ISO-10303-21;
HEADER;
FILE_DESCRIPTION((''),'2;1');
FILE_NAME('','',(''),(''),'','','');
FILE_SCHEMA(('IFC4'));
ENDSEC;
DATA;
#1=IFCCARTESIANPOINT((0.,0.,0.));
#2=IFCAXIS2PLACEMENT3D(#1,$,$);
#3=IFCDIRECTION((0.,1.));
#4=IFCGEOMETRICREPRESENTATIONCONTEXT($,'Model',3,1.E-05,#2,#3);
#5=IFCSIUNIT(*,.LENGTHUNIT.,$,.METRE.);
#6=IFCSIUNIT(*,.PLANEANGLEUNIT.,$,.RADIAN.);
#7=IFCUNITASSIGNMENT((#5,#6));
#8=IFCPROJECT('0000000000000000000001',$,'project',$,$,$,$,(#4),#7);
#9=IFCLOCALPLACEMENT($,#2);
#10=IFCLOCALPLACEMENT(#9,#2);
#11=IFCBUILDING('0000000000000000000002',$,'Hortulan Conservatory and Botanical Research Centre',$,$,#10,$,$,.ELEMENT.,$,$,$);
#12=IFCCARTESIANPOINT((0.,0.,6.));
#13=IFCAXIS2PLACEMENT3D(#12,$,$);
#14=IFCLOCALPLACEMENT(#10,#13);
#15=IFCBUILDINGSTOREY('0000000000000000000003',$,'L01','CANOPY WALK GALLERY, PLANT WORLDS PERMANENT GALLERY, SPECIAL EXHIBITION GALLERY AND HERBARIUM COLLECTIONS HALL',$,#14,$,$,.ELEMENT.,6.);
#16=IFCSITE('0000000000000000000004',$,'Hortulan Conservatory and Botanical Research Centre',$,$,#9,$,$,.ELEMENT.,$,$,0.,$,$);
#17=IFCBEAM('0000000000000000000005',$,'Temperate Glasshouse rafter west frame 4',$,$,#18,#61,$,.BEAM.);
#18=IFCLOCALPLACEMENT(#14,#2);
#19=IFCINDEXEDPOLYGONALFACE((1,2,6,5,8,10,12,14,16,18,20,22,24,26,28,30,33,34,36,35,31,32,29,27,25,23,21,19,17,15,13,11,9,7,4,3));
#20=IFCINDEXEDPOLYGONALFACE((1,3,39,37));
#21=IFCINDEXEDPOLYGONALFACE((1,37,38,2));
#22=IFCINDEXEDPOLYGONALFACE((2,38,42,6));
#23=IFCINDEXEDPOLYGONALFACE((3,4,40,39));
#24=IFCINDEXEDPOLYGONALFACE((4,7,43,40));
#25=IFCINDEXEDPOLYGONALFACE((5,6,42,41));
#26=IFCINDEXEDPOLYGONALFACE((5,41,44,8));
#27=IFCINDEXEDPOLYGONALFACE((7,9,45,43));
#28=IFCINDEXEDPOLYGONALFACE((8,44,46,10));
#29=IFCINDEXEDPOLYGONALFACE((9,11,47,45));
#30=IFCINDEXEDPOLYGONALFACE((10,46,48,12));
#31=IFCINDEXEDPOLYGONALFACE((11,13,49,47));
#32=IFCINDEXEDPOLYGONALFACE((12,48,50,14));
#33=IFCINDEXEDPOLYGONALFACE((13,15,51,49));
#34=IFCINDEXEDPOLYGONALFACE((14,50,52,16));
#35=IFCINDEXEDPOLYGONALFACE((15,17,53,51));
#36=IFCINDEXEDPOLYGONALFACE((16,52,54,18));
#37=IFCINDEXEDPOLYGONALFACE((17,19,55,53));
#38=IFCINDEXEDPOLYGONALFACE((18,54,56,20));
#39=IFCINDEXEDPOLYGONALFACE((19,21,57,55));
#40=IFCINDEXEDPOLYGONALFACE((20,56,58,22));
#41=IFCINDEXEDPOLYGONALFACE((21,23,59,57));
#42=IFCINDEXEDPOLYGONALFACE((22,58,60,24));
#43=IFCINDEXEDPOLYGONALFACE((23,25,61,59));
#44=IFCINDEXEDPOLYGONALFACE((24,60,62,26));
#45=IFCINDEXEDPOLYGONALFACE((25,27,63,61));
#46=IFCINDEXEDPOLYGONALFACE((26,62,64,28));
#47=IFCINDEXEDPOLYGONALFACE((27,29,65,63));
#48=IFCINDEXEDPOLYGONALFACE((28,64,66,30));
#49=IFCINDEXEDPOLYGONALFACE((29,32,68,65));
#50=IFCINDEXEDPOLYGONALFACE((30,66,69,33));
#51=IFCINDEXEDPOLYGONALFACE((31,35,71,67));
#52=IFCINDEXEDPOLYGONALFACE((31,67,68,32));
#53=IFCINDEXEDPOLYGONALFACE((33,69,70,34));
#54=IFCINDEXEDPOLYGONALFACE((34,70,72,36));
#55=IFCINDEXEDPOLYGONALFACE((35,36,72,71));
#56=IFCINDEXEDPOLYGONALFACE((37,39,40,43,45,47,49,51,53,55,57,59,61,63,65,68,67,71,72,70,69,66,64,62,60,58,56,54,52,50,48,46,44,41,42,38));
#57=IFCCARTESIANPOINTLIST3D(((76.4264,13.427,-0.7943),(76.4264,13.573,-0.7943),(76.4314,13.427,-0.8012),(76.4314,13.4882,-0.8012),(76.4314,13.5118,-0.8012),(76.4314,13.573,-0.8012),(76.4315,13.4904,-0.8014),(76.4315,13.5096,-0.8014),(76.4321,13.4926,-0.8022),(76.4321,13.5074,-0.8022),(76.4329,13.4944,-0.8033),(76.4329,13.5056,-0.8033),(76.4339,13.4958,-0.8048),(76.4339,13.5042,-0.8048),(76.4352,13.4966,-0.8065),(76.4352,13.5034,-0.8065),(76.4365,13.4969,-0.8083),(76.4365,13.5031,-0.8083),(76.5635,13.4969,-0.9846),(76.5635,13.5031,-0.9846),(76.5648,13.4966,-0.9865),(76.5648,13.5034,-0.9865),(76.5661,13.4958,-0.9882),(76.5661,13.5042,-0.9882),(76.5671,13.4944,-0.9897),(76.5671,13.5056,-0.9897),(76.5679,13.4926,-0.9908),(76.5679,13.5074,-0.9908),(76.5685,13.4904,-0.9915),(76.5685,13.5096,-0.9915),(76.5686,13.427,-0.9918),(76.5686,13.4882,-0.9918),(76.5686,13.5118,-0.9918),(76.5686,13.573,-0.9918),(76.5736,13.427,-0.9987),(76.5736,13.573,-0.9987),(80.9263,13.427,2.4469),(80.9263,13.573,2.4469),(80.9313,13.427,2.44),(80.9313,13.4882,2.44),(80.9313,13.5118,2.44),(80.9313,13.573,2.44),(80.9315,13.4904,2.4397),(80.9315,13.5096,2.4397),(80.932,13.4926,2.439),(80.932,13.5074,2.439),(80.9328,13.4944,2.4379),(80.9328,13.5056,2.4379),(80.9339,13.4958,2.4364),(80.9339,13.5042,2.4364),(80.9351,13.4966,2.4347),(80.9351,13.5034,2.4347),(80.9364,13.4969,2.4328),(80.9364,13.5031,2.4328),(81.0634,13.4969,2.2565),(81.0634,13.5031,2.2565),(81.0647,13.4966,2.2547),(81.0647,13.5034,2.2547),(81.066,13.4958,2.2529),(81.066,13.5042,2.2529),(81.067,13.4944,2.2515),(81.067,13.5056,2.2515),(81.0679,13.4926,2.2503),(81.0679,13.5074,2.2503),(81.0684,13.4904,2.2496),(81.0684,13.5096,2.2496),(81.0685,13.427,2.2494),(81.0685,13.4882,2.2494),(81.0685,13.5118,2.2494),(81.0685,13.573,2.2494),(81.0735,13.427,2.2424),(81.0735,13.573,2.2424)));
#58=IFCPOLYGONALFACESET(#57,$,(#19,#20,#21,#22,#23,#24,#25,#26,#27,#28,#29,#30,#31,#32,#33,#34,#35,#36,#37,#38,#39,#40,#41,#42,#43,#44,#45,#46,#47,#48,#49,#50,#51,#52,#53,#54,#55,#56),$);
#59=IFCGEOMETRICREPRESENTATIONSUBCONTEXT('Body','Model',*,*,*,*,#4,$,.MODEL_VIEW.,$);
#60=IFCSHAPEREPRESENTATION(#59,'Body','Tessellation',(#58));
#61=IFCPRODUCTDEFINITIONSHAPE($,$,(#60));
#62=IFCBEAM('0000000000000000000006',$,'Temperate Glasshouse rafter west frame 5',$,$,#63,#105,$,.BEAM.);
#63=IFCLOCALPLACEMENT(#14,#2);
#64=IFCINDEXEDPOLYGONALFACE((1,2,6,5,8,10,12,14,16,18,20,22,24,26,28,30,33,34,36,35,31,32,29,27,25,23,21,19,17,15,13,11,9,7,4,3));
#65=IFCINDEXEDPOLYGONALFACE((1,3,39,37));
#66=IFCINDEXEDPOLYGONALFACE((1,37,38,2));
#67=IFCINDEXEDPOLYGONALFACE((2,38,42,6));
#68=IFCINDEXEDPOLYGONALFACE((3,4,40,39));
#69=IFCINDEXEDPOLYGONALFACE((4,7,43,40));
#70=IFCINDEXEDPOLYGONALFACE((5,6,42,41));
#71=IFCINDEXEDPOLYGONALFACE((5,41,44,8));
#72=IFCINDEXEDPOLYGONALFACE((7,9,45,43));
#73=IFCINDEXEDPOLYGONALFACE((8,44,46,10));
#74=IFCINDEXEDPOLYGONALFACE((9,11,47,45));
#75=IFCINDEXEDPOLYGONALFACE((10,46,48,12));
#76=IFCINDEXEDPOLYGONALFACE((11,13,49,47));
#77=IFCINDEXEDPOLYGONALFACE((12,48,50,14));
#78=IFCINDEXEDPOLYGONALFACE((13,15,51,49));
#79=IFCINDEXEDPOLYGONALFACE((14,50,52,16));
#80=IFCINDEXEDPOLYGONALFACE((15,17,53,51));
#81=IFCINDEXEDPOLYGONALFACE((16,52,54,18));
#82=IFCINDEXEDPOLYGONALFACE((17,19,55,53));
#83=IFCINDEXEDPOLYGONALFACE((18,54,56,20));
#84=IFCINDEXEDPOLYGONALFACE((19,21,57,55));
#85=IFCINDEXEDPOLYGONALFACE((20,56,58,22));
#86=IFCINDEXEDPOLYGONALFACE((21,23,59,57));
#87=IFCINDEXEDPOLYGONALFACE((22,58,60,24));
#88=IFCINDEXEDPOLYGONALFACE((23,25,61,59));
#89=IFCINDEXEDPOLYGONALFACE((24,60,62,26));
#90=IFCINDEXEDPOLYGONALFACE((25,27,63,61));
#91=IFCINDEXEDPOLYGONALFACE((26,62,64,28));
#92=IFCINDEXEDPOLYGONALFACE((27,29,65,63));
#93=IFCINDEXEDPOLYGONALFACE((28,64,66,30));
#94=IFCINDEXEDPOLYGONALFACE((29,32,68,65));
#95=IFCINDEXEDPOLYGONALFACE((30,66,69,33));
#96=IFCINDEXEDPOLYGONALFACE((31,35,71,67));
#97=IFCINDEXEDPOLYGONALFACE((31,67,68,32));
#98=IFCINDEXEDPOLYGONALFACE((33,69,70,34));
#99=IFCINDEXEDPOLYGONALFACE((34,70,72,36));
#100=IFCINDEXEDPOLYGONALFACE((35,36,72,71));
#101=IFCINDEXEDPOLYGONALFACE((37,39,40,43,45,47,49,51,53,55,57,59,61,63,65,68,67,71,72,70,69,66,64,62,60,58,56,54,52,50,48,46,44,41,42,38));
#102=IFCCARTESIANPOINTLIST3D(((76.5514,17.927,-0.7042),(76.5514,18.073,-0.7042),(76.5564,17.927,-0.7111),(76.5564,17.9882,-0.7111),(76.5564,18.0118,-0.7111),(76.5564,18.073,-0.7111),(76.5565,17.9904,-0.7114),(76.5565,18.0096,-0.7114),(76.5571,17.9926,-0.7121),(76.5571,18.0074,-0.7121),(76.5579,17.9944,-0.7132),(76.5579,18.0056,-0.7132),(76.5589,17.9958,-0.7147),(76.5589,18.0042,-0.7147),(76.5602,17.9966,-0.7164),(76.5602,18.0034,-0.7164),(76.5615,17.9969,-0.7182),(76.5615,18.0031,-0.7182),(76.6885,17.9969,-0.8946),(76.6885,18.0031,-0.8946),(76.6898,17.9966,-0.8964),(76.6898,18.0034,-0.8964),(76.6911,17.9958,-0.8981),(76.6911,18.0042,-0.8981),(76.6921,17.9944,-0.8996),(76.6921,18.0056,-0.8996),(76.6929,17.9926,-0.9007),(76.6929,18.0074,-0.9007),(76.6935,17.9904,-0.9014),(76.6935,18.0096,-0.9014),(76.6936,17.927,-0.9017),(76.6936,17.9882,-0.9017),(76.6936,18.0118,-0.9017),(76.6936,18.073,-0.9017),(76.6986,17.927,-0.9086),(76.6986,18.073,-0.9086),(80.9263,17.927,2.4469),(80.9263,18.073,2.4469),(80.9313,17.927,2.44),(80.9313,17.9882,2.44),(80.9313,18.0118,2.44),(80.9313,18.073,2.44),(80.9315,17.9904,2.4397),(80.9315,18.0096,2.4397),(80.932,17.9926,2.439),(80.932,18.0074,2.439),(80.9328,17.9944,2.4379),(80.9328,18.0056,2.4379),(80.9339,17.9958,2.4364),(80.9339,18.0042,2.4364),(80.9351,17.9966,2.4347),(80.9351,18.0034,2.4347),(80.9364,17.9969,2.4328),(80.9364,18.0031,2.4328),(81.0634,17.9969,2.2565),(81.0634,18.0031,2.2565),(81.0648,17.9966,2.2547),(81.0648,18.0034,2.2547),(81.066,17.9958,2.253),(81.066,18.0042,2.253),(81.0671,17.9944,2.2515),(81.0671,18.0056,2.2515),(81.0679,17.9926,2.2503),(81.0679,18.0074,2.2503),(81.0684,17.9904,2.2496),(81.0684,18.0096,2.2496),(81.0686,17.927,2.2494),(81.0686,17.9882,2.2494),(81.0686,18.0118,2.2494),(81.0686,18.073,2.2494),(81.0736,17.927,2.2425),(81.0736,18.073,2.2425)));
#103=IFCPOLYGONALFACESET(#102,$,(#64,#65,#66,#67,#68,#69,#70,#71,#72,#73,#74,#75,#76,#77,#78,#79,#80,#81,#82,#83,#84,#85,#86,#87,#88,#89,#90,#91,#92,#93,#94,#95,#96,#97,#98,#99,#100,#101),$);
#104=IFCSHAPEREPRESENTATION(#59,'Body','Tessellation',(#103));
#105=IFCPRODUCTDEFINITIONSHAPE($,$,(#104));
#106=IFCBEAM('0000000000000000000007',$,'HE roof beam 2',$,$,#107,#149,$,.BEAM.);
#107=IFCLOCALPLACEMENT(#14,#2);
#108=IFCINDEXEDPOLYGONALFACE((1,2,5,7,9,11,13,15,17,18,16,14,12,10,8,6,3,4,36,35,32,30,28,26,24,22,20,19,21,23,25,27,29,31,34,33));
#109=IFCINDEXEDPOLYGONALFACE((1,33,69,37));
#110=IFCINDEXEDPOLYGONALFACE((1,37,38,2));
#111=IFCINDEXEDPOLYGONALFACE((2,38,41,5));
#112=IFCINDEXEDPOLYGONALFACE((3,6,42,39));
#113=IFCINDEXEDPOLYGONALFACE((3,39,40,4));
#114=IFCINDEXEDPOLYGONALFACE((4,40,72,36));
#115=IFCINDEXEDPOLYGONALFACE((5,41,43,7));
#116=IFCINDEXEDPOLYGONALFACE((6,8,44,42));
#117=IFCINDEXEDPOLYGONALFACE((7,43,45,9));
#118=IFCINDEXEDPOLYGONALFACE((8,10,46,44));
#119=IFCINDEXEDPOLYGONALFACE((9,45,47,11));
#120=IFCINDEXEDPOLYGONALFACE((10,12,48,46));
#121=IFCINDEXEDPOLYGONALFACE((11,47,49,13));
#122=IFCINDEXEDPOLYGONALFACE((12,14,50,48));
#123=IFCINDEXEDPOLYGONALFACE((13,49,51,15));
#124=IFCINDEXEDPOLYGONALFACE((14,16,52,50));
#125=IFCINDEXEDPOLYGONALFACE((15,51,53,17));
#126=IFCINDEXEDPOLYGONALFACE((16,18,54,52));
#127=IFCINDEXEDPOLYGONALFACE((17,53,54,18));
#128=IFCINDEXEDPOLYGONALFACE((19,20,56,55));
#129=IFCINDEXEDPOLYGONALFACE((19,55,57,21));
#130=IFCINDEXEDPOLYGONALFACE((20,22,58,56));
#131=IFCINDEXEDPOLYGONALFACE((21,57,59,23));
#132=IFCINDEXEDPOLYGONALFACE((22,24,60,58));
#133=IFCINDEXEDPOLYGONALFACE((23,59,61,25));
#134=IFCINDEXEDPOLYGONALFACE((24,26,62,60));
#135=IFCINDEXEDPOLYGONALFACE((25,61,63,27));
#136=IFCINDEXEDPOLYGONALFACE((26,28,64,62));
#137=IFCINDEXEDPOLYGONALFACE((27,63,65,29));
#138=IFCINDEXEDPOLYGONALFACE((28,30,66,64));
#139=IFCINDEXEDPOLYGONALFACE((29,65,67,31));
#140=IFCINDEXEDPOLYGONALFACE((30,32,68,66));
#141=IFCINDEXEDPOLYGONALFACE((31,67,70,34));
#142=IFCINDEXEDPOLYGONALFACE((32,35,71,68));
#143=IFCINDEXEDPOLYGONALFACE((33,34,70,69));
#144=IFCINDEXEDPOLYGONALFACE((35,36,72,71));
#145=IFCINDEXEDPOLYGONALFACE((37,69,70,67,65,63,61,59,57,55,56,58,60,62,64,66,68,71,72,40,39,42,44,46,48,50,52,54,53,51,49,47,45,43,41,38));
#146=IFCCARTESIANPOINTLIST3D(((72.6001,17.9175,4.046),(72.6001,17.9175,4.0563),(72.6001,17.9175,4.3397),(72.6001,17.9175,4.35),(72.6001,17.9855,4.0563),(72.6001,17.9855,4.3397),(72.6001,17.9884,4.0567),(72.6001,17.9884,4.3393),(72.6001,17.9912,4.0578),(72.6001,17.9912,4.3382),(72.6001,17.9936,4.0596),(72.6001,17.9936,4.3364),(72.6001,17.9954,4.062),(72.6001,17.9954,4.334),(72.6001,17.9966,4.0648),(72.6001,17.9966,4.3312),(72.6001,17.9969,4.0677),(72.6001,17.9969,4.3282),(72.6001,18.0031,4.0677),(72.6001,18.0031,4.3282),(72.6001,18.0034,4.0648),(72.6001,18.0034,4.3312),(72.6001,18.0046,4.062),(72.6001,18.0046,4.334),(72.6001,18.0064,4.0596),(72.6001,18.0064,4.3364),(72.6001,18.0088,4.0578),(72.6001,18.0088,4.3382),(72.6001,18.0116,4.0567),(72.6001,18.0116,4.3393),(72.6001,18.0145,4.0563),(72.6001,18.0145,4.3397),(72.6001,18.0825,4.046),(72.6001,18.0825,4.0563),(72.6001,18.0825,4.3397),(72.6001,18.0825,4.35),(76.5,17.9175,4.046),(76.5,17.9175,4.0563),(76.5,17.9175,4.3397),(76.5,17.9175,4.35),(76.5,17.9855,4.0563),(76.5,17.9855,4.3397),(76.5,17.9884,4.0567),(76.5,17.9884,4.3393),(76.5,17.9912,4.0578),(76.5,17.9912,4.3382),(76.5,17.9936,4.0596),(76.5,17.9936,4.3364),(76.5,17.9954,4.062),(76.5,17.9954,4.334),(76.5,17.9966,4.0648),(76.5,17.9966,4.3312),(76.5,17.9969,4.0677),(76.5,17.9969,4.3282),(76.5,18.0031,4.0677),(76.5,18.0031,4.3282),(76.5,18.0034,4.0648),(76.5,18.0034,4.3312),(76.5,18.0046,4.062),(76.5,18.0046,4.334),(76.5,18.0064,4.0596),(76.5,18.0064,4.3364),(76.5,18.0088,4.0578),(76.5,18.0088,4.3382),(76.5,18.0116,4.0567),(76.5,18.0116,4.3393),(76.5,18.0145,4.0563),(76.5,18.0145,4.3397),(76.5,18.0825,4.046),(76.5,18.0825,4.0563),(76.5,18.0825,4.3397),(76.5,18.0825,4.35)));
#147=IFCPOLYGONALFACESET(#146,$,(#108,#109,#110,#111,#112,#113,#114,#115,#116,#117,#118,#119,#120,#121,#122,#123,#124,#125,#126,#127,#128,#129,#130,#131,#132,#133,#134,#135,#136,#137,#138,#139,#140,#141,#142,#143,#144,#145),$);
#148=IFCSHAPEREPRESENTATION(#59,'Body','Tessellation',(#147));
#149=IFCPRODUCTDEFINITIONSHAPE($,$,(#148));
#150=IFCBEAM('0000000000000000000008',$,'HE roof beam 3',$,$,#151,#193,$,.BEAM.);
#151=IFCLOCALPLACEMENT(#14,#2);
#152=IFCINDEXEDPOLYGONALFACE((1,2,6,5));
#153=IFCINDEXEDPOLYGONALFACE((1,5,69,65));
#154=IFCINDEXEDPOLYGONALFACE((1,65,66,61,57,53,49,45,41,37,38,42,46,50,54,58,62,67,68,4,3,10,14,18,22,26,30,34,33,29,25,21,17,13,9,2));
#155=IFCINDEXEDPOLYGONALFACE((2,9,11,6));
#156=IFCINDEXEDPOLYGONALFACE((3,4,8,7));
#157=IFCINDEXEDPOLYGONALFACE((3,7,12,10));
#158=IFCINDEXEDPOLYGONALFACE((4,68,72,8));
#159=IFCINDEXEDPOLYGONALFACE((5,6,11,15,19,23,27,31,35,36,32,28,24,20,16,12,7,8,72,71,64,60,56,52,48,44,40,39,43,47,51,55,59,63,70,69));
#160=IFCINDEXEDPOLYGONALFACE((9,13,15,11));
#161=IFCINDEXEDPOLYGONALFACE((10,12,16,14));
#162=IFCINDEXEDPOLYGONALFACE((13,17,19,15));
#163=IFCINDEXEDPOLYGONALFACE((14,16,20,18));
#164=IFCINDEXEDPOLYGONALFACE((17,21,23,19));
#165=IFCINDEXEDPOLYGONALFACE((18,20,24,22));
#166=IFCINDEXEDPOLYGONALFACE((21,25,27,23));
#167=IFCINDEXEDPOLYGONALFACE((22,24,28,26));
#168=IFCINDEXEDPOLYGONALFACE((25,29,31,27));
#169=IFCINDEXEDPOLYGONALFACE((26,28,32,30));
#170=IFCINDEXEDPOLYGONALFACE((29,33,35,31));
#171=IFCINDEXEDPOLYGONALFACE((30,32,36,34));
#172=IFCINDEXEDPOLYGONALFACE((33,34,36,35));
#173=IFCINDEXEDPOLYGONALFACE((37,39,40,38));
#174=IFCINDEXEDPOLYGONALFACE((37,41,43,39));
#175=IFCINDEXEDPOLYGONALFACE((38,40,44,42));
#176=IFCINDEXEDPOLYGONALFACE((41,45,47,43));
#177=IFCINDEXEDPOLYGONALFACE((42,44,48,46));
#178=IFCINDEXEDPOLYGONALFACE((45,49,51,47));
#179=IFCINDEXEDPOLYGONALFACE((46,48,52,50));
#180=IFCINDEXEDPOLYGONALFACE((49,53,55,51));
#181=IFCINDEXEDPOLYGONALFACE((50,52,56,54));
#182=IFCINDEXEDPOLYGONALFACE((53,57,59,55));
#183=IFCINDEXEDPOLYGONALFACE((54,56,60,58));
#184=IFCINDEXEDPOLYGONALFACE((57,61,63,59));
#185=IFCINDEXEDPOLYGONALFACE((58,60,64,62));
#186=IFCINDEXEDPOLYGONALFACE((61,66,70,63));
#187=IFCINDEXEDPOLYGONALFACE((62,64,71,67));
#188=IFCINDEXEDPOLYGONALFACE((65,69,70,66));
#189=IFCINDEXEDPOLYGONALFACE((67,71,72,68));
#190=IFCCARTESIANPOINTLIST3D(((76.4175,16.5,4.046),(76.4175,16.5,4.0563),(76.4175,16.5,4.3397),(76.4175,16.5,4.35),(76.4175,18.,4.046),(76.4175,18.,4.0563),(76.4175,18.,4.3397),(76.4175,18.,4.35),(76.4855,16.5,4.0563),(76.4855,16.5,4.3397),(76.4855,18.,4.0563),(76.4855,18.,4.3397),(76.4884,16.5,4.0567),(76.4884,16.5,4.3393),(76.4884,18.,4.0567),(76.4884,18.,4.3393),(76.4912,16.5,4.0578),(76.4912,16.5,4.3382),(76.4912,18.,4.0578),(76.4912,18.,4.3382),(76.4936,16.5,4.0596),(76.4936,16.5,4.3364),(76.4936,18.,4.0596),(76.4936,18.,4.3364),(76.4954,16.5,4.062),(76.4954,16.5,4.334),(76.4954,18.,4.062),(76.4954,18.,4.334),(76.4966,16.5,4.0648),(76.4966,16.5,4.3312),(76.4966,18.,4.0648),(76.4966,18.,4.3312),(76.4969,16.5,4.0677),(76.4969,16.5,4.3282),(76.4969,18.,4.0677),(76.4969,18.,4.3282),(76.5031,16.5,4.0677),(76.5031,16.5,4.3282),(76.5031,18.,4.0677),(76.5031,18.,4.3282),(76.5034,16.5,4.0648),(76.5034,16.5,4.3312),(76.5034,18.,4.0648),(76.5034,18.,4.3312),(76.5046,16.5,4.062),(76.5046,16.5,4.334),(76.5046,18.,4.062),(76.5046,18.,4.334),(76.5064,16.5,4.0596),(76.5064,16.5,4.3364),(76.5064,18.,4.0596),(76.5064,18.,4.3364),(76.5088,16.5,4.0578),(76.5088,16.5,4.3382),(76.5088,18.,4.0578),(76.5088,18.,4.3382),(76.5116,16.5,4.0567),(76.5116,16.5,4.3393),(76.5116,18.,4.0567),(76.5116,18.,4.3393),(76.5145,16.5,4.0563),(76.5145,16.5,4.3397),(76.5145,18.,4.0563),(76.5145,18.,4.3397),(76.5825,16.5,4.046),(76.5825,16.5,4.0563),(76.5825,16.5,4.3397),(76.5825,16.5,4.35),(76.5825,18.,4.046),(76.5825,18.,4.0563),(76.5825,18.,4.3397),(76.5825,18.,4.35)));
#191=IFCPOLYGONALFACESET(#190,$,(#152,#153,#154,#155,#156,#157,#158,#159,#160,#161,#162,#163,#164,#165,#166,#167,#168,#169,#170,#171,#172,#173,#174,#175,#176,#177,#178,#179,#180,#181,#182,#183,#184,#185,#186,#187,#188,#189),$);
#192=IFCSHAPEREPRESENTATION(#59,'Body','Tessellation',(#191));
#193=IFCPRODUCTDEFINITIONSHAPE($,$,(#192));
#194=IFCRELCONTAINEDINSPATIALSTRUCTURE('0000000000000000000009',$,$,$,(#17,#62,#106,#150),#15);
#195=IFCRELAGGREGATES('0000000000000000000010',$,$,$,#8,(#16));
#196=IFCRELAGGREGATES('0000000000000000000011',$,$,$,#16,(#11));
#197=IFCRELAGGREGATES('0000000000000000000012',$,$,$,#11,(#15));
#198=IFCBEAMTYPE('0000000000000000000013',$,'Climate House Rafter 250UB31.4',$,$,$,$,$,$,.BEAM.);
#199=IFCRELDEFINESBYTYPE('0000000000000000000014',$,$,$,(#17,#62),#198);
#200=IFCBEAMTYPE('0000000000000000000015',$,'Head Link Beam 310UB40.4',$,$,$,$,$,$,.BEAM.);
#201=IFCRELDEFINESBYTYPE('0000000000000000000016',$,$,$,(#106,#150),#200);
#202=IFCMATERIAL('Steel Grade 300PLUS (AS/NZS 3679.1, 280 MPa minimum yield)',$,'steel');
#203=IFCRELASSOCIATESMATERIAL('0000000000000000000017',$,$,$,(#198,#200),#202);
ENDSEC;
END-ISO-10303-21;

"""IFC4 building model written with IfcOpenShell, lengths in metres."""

from ifc_helpers import new_model, si_unit, direction, frame, origin, origin_2d, place, context, subcontext, project, spatial, i_section, extrude, material, material_profile, profile_set, type_object, element, save


model = new_model("IFC4")

# Units and contexts
model_context = context("Model", 3, precision=1e-05, world=origin(), true_north=direction((0.0, 1.0)))
body_context = subcontext(model_context, "Body", "Model", "MODEL_VIEW")
ifc_project = project(units=[si_unit("LENGTHUNIT", "METRE"), si_unit("PLANEANGLEUNIT", "RADIAN")], contexts=[model_context])

# Site, building, storey
site_placement = place(None, origin())
site = spatial("IfcSite", under=ifc_project, at=site_placement, Name="Hortulan Conservatory and Botanical Research Centre", CompositionType="ELEMENT", RefElevation=0.0)
building_placement = place(site_placement, origin())
building = spatial("IfcBuilding", under=site, at=building_placement, Name="Hortulan Conservatory and Botanical Research Centre", CompositionType="ELEMENT")
storey_placement = place(building_placement, frame((0.0, 0.0, 6.0)))
storey = spatial("IfcBuildingStorey", under=building, at=storey_placement, Name="L01", Description="CANOPY WALK GALLERY, PLANT WORLDS PERMANENT GALLERY, SPECIAL EXHIBITION GALLERY AND HERBARIUM COLLECTIONS HALL", CompositionType="ELEMENT", Elevation=6.0)

# Beams
ifc_material_1 = material(Name="Steel Grade 300PLUS (AS/NZS 3679.1, 280 MPa minimum yield)", Category="steel")
ifc_material_profile_1 = material_profile(ifc_material_1, i_section(OverallWidth=0.146, OverallDepth=0.252, WebThickness=0.0061, FlangeThickness=0.0085, FilletRadius=0.0088, at=origin_2d()), Name="250UB31.4")
ifc_profile_set_1 = profile_set([ifc_material_profile_1], Name="Steel Grade 300PLUS (AS/NZS 3679.1, 280 MPa minimum yield)")
beam_type_1 = type_object("IfcBeamType", Name="Climate House Rafter 250UB31.4", PredefinedType="BEAM", material=ifc_profile_set_1)
beam_1_placement = place(storey_placement, frame((76.5, 13.5, -0.8965), z_axis=(0.811431, 0.0, 0.584449), x_axis=(0.0, 1.0, 0.0)))
element("IfcBeam", 1, at=beam_1_placement, inside=storey, type_object=beam_type_1, Name="Temperate Glasshouse rafter west frame 4", PredefinedType="BEAM", context=body_context, shape_type="SweptSolid", body=[
    extrude(i_section(OverallWidth=0.146, OverallDepth=0.252, WebThickness=0.0061, FlangeThickness=0.0085, FilletRadius=0.0088, at=origin_2d()), origin(), (0.0, 0.0, 1.0), 5.5457),
])
beam_2_placement = place(storey_placement, frame((76.625, 18.0, -0.8064), z_axis=(0.811436, 0.0, 0.584442), x_axis=(0.0, 1.0, 0.0)))
element("IfcBeam", 2, at=beam_2_placement, inside=storey, type_object=beam_type_1, Name="Temperate Glasshouse rafter west frame 5", PredefinedType="BEAM", context=body_context, shape_type="SweptSolid", body=[
    extrude(i_section(OverallWidth=0.146, OverallDepth=0.252, WebThickness=0.0061, FlangeThickness=0.0085, FilletRadius=0.0088, at=origin_2d()), origin(), (0.0, 0.0, 1.0), 5.3916),
])
ifc_material_profile_2 = material_profile(ifc_material_1, i_section(OverallWidth=0.165, OverallDepth=0.304, WebThickness=0.0061, FlangeThickness=0.0103, FilletRadius=0.0115, at=origin_2d()), Name="310UB40.4")
ifc_profile_set_2 = profile_set([ifc_material_profile_2], Name="Steel Grade 300PLUS (AS/NZS 3679.1, 280 MPa minimum yield)")
beam_type_2 = type_object("IfcBeamType", Name="Head Link Beam 310UB40.4", PredefinedType="BEAM", material=ifc_profile_set_2)
beam_3_placement = place(storey_placement, frame((72.6001, 18.0, 4.198), z_axis=(1.0, 0.0, 0.0), x_axis=(0.0, 1.0, 0.0)))
element("IfcBeam", 3, at=beam_3_placement, inside=storey, type_object=beam_type_2, Name="HE roof beam 2", PredefinedType="BEAM", context=body_context, shape_type="SweptSolid", body=[
    extrude(i_section(OverallWidth=0.165, OverallDepth=0.304, WebThickness=0.0061, FlangeThickness=0.0103, FilletRadius=0.0115, at=origin_2d()), origin(), (0.0, 0.0, 1.0), 3.8999),
])
beam_4_placement = place(storey_placement, frame((76.5, 16.5, 4.198), z_axis=(0.0, 1.0, 0.0), x_axis=(-1.0, 0.0, 0.0)))
element("IfcBeam", 4, at=beam_4_placement, inside=storey, type_object=beam_type_2, Name="HE roof beam 3", PredefinedType="BEAM", context=body_context, shape_type="SweptSolid", body=[
    extrude(i_section(OverallWidth=0.165, OverallDepth=0.304, WebThickness=0.0061, FlangeThickness=0.0103, FilletRadius=0.0115, at=origin_2d()), origin(), (0.0, 0.0, 1.0), 1.5),
])

save(model, "model.ifc")
